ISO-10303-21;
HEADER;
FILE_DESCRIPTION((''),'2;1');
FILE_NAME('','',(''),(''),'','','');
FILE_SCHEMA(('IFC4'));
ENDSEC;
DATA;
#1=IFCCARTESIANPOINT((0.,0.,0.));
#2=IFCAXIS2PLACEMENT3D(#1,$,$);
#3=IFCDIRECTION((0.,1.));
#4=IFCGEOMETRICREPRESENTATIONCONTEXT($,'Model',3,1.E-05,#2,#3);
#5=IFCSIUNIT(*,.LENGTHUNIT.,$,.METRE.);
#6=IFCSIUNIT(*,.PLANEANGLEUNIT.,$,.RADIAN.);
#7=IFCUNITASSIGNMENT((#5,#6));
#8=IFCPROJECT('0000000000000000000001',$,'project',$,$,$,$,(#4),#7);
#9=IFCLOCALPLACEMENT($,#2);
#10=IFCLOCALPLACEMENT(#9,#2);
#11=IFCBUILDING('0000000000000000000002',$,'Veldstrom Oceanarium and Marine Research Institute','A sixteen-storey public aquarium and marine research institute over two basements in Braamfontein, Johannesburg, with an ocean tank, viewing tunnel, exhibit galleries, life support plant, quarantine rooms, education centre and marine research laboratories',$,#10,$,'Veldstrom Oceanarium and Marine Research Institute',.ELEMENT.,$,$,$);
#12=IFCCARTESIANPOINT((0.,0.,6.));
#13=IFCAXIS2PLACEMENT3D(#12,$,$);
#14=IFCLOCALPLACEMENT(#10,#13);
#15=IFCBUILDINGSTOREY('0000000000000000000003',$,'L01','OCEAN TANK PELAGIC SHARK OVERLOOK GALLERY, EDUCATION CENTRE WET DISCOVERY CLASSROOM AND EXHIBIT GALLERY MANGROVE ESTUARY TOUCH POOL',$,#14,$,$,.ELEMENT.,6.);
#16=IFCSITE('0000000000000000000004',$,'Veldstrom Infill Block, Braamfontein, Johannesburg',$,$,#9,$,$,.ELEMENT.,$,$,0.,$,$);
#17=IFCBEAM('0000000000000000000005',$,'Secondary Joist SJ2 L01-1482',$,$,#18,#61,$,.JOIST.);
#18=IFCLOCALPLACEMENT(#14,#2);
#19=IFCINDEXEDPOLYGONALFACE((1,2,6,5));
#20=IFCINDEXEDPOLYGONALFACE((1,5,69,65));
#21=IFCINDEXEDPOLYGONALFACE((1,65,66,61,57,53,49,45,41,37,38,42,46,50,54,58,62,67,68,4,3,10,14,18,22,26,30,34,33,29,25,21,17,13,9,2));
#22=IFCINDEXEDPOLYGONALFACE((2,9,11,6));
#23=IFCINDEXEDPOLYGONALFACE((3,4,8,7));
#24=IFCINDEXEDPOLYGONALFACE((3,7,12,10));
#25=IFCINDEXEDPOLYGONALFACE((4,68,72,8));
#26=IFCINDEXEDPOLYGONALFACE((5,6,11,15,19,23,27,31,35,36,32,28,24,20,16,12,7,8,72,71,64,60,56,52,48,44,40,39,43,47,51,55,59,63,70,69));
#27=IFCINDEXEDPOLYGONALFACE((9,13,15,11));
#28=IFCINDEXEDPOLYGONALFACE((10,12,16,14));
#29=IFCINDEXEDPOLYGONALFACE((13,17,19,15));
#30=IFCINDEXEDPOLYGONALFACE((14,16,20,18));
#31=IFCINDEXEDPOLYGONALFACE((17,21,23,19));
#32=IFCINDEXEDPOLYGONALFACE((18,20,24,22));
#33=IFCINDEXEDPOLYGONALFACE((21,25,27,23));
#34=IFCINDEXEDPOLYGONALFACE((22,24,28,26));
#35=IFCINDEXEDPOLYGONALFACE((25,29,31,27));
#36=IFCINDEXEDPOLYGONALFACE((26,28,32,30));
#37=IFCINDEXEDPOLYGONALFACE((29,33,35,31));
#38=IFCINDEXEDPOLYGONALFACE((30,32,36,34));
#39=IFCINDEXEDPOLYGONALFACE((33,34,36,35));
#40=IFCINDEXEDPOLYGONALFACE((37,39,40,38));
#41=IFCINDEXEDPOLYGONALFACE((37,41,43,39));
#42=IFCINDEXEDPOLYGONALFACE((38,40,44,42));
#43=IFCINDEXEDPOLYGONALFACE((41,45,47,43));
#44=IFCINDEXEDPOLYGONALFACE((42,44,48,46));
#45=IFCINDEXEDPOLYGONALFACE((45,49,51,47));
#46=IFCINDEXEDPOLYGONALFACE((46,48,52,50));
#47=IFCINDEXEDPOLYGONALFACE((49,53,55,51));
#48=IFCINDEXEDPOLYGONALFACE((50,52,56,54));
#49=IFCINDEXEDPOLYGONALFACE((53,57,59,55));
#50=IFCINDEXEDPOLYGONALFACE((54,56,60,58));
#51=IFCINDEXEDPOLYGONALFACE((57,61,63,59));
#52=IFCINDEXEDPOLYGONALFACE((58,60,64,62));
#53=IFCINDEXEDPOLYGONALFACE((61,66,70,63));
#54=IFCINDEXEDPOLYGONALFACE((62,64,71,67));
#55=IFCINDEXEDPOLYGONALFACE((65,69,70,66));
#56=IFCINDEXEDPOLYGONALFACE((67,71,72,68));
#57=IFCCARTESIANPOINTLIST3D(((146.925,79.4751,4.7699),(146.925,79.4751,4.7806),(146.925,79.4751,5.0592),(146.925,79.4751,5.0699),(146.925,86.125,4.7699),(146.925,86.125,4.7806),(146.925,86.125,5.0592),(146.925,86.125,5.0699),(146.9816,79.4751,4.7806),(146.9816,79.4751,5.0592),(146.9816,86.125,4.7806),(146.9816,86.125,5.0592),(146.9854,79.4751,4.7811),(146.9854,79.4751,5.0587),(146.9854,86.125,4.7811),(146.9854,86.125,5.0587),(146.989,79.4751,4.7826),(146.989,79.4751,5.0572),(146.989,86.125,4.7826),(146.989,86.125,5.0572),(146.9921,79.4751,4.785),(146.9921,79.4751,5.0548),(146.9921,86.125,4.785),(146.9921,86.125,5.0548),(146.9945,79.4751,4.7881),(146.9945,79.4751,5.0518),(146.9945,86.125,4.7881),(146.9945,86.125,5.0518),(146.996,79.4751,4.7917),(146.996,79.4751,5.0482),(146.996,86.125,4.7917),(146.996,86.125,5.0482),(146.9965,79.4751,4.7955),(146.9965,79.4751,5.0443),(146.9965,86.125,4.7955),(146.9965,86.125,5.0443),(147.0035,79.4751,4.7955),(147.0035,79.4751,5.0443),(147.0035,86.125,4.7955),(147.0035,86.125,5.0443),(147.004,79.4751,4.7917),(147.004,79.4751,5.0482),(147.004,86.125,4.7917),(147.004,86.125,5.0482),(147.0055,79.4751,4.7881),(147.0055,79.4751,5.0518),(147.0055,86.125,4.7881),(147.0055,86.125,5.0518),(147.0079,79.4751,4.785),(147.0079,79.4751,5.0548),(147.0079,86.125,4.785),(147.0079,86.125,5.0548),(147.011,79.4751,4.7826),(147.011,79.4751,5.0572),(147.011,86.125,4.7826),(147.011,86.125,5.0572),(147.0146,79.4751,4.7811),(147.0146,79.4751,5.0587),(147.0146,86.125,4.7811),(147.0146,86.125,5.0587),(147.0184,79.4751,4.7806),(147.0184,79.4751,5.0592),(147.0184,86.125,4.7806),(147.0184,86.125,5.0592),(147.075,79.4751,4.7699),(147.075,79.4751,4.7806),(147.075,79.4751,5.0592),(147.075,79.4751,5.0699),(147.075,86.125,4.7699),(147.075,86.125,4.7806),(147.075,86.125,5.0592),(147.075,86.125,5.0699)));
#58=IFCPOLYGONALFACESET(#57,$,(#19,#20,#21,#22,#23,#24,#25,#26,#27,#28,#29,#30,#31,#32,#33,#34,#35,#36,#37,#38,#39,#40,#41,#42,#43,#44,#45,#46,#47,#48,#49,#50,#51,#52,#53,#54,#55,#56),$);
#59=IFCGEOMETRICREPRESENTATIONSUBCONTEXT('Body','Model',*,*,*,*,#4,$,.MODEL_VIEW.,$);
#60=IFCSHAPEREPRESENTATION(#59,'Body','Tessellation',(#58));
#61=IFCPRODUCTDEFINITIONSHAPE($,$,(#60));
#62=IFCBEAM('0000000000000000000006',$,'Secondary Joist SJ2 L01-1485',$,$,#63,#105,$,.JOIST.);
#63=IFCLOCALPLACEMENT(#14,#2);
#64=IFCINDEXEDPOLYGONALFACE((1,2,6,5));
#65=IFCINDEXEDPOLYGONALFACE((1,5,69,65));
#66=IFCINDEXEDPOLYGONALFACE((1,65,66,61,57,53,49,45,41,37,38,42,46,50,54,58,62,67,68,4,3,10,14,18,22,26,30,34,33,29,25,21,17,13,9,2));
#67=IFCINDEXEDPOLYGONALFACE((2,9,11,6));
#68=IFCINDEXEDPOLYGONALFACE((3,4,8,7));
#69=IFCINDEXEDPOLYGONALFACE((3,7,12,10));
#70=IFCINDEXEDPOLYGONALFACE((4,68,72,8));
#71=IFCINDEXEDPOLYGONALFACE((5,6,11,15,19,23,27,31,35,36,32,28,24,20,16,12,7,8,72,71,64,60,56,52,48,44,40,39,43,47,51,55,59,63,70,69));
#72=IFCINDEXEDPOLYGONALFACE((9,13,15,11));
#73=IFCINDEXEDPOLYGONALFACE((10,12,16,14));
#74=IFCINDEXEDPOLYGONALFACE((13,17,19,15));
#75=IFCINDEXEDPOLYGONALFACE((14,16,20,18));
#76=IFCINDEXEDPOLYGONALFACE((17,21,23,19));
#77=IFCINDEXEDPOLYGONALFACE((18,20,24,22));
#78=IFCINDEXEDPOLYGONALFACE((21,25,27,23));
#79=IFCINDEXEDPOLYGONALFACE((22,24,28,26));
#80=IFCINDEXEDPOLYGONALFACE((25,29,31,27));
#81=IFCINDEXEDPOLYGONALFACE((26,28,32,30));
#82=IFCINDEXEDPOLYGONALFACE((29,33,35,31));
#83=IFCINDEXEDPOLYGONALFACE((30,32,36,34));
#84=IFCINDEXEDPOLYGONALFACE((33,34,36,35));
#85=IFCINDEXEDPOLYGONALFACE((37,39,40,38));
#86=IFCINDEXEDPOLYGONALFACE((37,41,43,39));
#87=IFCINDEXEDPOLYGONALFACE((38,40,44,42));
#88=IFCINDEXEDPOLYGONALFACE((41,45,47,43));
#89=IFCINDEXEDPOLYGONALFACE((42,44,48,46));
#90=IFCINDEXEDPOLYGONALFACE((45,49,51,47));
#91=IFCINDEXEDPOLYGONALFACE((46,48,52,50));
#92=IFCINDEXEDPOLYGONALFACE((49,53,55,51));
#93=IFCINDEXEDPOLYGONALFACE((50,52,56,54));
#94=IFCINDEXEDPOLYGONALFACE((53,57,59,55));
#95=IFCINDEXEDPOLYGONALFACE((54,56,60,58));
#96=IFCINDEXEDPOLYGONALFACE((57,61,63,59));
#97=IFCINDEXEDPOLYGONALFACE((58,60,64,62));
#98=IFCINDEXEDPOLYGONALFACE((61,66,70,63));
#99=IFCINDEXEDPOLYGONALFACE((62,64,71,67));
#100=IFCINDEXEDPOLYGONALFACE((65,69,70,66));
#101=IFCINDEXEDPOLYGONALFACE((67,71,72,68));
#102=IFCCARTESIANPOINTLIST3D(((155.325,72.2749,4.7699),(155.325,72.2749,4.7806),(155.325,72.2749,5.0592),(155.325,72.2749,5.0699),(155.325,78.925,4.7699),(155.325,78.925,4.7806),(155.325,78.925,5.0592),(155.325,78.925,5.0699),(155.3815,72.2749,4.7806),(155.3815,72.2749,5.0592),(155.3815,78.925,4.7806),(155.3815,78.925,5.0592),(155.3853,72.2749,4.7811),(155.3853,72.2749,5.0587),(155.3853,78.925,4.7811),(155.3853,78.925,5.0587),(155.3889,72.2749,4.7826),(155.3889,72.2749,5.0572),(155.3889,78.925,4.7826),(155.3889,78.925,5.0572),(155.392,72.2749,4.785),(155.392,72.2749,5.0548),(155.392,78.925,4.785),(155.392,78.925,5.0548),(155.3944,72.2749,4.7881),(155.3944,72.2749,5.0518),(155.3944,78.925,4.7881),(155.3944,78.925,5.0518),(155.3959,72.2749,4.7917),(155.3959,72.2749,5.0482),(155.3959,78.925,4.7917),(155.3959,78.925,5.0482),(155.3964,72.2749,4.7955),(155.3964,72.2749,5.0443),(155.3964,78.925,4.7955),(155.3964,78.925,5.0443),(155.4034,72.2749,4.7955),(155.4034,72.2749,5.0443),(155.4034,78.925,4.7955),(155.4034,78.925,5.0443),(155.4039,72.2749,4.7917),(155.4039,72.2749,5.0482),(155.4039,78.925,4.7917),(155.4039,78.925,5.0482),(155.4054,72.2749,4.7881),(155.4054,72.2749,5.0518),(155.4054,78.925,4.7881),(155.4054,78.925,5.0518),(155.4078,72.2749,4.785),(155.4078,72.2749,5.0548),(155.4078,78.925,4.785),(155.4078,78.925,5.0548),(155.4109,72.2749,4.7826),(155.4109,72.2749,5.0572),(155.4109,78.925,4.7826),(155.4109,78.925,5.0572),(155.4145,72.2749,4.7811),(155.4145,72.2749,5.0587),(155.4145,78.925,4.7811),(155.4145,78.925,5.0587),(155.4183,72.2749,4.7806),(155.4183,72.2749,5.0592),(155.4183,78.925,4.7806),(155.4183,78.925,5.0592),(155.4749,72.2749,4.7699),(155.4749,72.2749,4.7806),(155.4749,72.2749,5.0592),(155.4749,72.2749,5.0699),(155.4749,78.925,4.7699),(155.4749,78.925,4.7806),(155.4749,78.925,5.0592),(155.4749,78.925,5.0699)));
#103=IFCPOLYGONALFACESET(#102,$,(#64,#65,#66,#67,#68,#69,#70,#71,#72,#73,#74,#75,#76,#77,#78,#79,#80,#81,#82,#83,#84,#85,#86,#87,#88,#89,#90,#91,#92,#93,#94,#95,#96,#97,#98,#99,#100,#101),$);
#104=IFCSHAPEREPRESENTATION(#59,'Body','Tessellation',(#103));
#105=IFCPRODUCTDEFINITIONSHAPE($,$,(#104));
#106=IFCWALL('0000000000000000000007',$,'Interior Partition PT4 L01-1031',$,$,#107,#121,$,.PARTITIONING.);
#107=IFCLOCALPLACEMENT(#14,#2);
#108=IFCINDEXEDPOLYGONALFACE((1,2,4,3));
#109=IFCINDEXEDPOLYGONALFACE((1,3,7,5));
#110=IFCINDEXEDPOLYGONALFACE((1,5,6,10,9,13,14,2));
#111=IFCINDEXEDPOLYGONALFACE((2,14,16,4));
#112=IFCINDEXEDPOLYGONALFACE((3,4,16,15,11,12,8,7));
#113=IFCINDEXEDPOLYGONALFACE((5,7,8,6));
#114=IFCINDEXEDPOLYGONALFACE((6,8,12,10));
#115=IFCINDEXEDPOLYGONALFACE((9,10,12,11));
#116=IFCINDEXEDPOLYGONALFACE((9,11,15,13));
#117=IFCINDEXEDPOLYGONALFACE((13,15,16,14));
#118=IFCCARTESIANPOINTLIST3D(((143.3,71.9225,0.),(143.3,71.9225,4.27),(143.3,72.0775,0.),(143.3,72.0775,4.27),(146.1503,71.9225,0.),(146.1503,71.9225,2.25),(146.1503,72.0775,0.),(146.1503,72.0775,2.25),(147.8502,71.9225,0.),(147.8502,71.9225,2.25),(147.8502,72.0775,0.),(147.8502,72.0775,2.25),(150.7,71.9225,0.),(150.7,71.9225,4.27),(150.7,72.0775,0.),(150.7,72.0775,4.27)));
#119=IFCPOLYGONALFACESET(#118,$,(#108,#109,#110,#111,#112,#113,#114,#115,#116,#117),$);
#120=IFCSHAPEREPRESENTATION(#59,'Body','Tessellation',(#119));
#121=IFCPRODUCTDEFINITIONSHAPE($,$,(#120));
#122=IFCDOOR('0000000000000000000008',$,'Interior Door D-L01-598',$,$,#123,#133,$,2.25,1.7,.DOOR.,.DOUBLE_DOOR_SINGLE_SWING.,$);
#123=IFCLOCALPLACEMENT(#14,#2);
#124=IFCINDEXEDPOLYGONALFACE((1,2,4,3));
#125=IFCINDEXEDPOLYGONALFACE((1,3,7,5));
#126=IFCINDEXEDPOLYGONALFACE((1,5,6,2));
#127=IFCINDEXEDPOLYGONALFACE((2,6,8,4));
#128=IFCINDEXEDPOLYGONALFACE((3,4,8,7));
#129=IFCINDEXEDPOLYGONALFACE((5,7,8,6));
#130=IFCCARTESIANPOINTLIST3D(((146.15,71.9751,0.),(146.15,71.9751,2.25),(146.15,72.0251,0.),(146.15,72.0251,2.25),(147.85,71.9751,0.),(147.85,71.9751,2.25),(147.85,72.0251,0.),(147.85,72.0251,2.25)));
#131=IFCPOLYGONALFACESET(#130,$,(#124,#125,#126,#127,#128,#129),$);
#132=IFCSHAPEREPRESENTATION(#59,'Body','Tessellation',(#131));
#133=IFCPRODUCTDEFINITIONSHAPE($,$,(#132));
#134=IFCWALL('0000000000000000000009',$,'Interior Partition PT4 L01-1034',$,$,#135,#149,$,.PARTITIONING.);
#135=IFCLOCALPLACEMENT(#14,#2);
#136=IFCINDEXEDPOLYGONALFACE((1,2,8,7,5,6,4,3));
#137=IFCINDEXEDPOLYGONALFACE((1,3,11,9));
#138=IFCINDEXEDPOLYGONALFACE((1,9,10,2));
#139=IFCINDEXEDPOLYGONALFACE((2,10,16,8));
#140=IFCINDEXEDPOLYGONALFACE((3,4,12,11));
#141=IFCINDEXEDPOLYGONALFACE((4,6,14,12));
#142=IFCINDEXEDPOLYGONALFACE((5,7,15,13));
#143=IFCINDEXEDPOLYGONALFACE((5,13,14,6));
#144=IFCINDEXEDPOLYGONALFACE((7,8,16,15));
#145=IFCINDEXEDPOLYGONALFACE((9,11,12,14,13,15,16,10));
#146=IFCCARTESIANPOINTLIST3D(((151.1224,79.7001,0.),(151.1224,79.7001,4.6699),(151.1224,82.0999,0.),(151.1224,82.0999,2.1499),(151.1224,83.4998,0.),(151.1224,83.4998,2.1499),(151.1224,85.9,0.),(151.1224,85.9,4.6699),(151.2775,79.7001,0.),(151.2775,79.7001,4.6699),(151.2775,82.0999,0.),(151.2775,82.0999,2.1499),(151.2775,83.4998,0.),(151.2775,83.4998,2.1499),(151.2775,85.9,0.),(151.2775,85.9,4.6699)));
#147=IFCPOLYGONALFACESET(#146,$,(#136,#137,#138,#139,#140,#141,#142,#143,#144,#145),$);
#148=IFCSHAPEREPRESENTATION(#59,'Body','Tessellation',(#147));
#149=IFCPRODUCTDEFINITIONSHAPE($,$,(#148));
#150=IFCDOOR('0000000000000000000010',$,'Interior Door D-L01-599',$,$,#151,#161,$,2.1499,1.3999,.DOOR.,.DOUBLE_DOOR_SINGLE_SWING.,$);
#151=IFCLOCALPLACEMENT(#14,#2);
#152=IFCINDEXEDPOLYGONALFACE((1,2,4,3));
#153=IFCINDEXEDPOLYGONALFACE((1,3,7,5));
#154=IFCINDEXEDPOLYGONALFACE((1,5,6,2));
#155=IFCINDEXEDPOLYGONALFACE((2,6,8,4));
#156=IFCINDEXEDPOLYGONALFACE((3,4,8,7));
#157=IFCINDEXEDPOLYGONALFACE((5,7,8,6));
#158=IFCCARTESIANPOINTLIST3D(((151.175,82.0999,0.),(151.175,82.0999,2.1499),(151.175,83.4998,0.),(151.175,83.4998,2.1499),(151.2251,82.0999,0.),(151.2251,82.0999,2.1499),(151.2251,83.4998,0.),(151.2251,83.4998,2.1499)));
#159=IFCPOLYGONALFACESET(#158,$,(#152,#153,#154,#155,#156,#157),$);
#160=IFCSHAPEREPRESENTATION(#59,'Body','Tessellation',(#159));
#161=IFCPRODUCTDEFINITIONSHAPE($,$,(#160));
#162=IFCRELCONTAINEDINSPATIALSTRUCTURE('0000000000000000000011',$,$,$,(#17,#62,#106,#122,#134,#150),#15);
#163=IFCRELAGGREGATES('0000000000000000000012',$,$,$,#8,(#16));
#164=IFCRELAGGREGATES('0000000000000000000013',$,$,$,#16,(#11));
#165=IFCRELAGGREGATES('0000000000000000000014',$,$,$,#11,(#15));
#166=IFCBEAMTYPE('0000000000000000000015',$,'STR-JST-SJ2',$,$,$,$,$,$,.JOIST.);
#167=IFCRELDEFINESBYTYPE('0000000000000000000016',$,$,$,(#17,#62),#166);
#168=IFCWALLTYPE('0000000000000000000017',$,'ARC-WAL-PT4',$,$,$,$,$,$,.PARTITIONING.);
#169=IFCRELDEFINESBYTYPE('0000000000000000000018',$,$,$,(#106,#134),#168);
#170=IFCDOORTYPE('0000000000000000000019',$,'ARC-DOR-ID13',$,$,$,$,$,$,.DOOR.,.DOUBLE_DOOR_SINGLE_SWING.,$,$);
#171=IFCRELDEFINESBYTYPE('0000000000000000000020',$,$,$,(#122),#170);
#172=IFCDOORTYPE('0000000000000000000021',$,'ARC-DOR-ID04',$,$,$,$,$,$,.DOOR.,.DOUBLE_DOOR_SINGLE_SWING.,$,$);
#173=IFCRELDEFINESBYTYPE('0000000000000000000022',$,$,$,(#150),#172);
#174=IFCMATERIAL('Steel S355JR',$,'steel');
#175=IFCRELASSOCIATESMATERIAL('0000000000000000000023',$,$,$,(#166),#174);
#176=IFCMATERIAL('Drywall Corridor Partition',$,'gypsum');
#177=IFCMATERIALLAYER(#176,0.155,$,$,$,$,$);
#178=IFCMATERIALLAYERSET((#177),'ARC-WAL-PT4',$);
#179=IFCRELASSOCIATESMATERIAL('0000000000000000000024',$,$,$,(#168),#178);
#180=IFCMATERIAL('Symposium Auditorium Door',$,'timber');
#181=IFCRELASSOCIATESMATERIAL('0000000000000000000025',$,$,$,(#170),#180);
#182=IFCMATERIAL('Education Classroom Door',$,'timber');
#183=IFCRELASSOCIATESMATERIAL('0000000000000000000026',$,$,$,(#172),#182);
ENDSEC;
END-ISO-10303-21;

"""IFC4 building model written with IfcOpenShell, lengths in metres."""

from ifc_helpers import new_model, si_unit, direction, frame, frame_2d, origin, origin_2d, place, context, subcontext, project, spatial, rectangle, i_section, extrude, material, layer, layer_set, material_profile, profile_set, type_object, element, fill, save


model = new_model("IFC4")

# Units and contexts
model_context = context("Model", 3, precision=1e-05, world=origin(), true_north=direction((0.0, 1.0)))
body_context = subcontext(model_context, "Body", "Model", "MODEL_VIEW")
ifc_project = project(units=[si_unit("LENGTHUNIT", "METRE"), si_unit("PLANEANGLEUNIT", "RADIAN")], contexts=[model_context])

# Site, building, storey
site_placement = place(None, origin())
site = spatial("IfcSite", under=ifc_project, at=site_placement, Name="Veldstrom Infill Block, Braamfontein, Johannesburg", CompositionType="ELEMENT", RefElevation=0.0)
building_placement = place(site_placement, origin())
building = spatial("IfcBuilding", under=site, at=building_placement, Name="Veldstrom Oceanarium and Marine Research Institute", Description="A sixteen-storey public aquarium and marine research institute over two basements in Braamfontein, Johannesburg, with an ocean tank, viewing tunnel, exhibit galleries, life support plant, quarantine rooms, education centre and marine research laboratories", LongName="Veldstrom Oceanarium and Marine Research Institute", CompositionType="ELEMENT")
storey_placement = place(building_placement, frame((0.0, 0.0, 6.0)))
storey = spatial("IfcBuildingStorey", under=building, at=storey_placement, Name="L01", Description="OCEAN TANK PELAGIC SHARK OVERLOOK GALLERY, EDUCATION CENTRE WET DISCOVERY CLASSROOM AND EXHIBIT GALLERY MANGROVE ESTUARY TOUCH POOL", CompositionType="ELEMENT", Elevation=6.0)

# Beams
ifc_material_1 = material(Name="Steel S355JR", Category="steel")
ifc_material_profile_1 = material_profile(ifc_material_1, i_section(OverallWidth=0.1499, OverallDepth=0.3, WebThickness=0.0071, FlangeThickness=0.0107, FilletRadius=0.0149, at=origin_2d()), Name="IPE 300")
ifc_profile_set_1 = profile_set([ifc_material_profile_1], Name="Steel S355JR")
beam_type_1 = type_object("IfcBeamType", Name="STR-JST-SJ2", PredefinedType="JOIST", material=ifc_profile_set_1)
beam_1_placement = place(storey_placement, frame((147.0, 79.4751, 4.9199), z_axis=(0.0, 1.0, 0.0), x_axis=(-1.0, 0.0, 0.0)))
element("IfcBeam", 1, at=beam_1_placement, inside=storey, type_object=beam_type_1, Name="Secondary Joist SJ2 L01-1482", PredefinedType="JOIST", context=body_context, shape_type="SweptSolid", body=[
    extrude(i_section(OverallWidth=0.1499, OverallDepth=0.3, WebThickness=0.0071, FlangeThickness=0.0107, FilletRadius=0.0149, at=origin_2d()), origin(), (0.0, 0.0, 1.0), 6.6499),
])
beam_2_placement = place(storey_placement, frame((155.3999, 72.2749, 4.9199), z_axis=(0.0, 1.0, 0.0), x_axis=(-1.0, 0.0, 0.0)))
element("IfcBeam", 2, at=beam_2_placement, inside=storey, type_object=beam_type_1, Name="Secondary Joist SJ2 L01-1485", PredefinedType="JOIST", context=body_context, shape_type="SweptSolid", body=[
    extrude(i_section(OverallWidth=0.1499, OverallDepth=0.3, WebThickness=0.0071, FlangeThickness=0.0107, FilletRadius=0.0149, at=origin_2d()), origin(), (0.0, 0.0, 1.0), 6.6501),
])

# Walls, openings, doors
ifc_material_2 = material(Name="Drywall Corridor Partition", Category="gypsum")
ifc_layer_1 = layer(ifc_material_2, 0.155)
ifc_layer_set_1 = layer_set([ifc_layer_1], Name="ARC-WAL-PT4")
wall_type_1 = type_object("IfcWallType", Name="ARC-WAL-PT4", PredefinedType="PARTITIONING", material=ifc_layer_set_1)
wall_1_placement = place(storey_placement, frame((143.3, 72.0, 0.0), z_axis=(0.0, 0.0, 1.0), x_axis=(1.0, 0.0, 0.0)))
wall_1 = element("IfcWall", 3, at=wall_1_placement, inside=storey, type_object=wall_type_1, Name="Interior Partition PT4 L01-1031", PredefinedType="PARTITIONING", context=body_context, shape_type="SweptSolid", body=[
    extrude(rectangle(XDim=7.3999, YDim=0.155, at=frame_2d((3.7, 0.0))), origin(), (0.0, 0.0, 1.0), 4.27),
])
opening_1_placement = place(wall_1_placement, frame((2.8501, 0.0, 0.0)))
opening_1 = element("IfcOpeningElement", 4, at=opening_1_placement, cuts=wall_1, PredefinedType="OPENING", context=body_context, shape_type="SweptSolid", body=[
    extrude(rectangle(XDim=1.7, YDim=2.25, at=frame_2d((0.8501, 1.125))), frame((0.0, 0.0874, 0.0), z_axis=(0.0, -1.0, 0.0), x_axis=(1.0, 0.0, 0.0)), (0.0, 0.0, 1.0), 0.175),
])
ifc_material_3 = material(Name="Symposium Auditorium Door", Category="timber")
door_type_1 = type_object("IfcDoorType", Name="ARC-DOR-ID13", OperationType="DOUBLE_DOOR_SINGLE_SWING", PredefinedType="DOOR", material=ifc_material_3)
door_1_placement = place(opening_1_placement, frame((1.7, 0.0, 0.0), z_axis=(0.0, 0.0, 1.0), x_axis=(-1.0, 0.0, 0.0)))
door_1 = element("IfcDoor", 5, at=door_1_placement, inside=storey, type_object=door_type_1, Name="Interior Door D-L01-598", OperationType="DOUBLE_DOOR_SINGLE_SWING", OverallHeight=2.25, OverallWidth=1.7, PredefinedType="DOOR", context=body_context, shape_type="SweptSolid", body=[
    extrude(rectangle(XDim=1.7, YDim=2.25, at=frame_2d((0.8501, 1.125))), frame((0.0, 0.0249, 0.0), z_axis=(0.0, -1.0, 0.0), x_axis=(1.0, 0.0, 0.0)), (0.0, 0.0, 1.0), 0.05),
])
fill(opening_1, door_1)
wall_2_placement = place(storey_placement, frame((151.2, 79.7, 0.0), z_axis=(0.0, 0.0, 1.0), x_axis=(0.0, 1.0, 0.0)))
wall_2 = element("IfcWall", 6, at=wall_2_placement, inside=storey, type_object=wall_type_1, Name="Interior Partition PT4 L01-1034", PredefinedType="PARTITIONING", context=body_context, shape_type="SweptSolid", body=[
    extrude(rectangle(XDim=6.2, YDim=0.155, at=frame_2d((3.1001, 0.0))), origin(), (0.0, 0.0, 1.0), 4.6699),
])
opening_2_placement = place(wall_2_placement, frame((2.3999, 0.0, 0.0)))
opening_2 = element("IfcOpeningElement", 7, at=opening_2_placement, cuts=wall_2, PredefinedType="OPENING", context=body_context, shape_type="SweptSolid", body=[
    extrude(rectangle(XDim=1.3999, YDim=2.1499, at=frame_2d((0.7, 1.075))), frame((0.0, 0.0874, 0.0), z_axis=(0.0, -1.0, 0.0), x_axis=(1.0, 0.0, 0.0)), (0.0, 0.0, 1.0), 0.175),
])
ifc_material_4 = material(Name="Education Classroom Door", Category="timber")
door_type_2 = type_object("IfcDoorType", Name="ARC-DOR-ID04", OperationType="DOUBLE_DOOR_SINGLE_SWING", PredefinedType="DOOR", material=ifc_material_4)
door_2_placement = place(opening_2_placement, origin())
door_2 = element("IfcDoor", 8, at=door_2_placement, inside=storey, type_object=door_type_2, Name="Interior Door D-L01-599", OperationType="DOUBLE_DOOR_SINGLE_SWING", OverallHeight=2.1499, OverallWidth=1.3999, PredefinedType="DOOR", context=body_context, shape_type="SweptSolid", body=[
    extrude(rectangle(XDim=1.3999, YDim=2.1499, at=frame_2d((0.7, 1.075))), frame((0.0, 0.0249, 0.0), z_axis=(0.0, -1.0, 0.0), x_axis=(1.0, 0.0, 0.0)), (0.0, 0.0, 1.0), 0.05),
])
fill(opening_2, door_2)

save(model, "model.ifc")
